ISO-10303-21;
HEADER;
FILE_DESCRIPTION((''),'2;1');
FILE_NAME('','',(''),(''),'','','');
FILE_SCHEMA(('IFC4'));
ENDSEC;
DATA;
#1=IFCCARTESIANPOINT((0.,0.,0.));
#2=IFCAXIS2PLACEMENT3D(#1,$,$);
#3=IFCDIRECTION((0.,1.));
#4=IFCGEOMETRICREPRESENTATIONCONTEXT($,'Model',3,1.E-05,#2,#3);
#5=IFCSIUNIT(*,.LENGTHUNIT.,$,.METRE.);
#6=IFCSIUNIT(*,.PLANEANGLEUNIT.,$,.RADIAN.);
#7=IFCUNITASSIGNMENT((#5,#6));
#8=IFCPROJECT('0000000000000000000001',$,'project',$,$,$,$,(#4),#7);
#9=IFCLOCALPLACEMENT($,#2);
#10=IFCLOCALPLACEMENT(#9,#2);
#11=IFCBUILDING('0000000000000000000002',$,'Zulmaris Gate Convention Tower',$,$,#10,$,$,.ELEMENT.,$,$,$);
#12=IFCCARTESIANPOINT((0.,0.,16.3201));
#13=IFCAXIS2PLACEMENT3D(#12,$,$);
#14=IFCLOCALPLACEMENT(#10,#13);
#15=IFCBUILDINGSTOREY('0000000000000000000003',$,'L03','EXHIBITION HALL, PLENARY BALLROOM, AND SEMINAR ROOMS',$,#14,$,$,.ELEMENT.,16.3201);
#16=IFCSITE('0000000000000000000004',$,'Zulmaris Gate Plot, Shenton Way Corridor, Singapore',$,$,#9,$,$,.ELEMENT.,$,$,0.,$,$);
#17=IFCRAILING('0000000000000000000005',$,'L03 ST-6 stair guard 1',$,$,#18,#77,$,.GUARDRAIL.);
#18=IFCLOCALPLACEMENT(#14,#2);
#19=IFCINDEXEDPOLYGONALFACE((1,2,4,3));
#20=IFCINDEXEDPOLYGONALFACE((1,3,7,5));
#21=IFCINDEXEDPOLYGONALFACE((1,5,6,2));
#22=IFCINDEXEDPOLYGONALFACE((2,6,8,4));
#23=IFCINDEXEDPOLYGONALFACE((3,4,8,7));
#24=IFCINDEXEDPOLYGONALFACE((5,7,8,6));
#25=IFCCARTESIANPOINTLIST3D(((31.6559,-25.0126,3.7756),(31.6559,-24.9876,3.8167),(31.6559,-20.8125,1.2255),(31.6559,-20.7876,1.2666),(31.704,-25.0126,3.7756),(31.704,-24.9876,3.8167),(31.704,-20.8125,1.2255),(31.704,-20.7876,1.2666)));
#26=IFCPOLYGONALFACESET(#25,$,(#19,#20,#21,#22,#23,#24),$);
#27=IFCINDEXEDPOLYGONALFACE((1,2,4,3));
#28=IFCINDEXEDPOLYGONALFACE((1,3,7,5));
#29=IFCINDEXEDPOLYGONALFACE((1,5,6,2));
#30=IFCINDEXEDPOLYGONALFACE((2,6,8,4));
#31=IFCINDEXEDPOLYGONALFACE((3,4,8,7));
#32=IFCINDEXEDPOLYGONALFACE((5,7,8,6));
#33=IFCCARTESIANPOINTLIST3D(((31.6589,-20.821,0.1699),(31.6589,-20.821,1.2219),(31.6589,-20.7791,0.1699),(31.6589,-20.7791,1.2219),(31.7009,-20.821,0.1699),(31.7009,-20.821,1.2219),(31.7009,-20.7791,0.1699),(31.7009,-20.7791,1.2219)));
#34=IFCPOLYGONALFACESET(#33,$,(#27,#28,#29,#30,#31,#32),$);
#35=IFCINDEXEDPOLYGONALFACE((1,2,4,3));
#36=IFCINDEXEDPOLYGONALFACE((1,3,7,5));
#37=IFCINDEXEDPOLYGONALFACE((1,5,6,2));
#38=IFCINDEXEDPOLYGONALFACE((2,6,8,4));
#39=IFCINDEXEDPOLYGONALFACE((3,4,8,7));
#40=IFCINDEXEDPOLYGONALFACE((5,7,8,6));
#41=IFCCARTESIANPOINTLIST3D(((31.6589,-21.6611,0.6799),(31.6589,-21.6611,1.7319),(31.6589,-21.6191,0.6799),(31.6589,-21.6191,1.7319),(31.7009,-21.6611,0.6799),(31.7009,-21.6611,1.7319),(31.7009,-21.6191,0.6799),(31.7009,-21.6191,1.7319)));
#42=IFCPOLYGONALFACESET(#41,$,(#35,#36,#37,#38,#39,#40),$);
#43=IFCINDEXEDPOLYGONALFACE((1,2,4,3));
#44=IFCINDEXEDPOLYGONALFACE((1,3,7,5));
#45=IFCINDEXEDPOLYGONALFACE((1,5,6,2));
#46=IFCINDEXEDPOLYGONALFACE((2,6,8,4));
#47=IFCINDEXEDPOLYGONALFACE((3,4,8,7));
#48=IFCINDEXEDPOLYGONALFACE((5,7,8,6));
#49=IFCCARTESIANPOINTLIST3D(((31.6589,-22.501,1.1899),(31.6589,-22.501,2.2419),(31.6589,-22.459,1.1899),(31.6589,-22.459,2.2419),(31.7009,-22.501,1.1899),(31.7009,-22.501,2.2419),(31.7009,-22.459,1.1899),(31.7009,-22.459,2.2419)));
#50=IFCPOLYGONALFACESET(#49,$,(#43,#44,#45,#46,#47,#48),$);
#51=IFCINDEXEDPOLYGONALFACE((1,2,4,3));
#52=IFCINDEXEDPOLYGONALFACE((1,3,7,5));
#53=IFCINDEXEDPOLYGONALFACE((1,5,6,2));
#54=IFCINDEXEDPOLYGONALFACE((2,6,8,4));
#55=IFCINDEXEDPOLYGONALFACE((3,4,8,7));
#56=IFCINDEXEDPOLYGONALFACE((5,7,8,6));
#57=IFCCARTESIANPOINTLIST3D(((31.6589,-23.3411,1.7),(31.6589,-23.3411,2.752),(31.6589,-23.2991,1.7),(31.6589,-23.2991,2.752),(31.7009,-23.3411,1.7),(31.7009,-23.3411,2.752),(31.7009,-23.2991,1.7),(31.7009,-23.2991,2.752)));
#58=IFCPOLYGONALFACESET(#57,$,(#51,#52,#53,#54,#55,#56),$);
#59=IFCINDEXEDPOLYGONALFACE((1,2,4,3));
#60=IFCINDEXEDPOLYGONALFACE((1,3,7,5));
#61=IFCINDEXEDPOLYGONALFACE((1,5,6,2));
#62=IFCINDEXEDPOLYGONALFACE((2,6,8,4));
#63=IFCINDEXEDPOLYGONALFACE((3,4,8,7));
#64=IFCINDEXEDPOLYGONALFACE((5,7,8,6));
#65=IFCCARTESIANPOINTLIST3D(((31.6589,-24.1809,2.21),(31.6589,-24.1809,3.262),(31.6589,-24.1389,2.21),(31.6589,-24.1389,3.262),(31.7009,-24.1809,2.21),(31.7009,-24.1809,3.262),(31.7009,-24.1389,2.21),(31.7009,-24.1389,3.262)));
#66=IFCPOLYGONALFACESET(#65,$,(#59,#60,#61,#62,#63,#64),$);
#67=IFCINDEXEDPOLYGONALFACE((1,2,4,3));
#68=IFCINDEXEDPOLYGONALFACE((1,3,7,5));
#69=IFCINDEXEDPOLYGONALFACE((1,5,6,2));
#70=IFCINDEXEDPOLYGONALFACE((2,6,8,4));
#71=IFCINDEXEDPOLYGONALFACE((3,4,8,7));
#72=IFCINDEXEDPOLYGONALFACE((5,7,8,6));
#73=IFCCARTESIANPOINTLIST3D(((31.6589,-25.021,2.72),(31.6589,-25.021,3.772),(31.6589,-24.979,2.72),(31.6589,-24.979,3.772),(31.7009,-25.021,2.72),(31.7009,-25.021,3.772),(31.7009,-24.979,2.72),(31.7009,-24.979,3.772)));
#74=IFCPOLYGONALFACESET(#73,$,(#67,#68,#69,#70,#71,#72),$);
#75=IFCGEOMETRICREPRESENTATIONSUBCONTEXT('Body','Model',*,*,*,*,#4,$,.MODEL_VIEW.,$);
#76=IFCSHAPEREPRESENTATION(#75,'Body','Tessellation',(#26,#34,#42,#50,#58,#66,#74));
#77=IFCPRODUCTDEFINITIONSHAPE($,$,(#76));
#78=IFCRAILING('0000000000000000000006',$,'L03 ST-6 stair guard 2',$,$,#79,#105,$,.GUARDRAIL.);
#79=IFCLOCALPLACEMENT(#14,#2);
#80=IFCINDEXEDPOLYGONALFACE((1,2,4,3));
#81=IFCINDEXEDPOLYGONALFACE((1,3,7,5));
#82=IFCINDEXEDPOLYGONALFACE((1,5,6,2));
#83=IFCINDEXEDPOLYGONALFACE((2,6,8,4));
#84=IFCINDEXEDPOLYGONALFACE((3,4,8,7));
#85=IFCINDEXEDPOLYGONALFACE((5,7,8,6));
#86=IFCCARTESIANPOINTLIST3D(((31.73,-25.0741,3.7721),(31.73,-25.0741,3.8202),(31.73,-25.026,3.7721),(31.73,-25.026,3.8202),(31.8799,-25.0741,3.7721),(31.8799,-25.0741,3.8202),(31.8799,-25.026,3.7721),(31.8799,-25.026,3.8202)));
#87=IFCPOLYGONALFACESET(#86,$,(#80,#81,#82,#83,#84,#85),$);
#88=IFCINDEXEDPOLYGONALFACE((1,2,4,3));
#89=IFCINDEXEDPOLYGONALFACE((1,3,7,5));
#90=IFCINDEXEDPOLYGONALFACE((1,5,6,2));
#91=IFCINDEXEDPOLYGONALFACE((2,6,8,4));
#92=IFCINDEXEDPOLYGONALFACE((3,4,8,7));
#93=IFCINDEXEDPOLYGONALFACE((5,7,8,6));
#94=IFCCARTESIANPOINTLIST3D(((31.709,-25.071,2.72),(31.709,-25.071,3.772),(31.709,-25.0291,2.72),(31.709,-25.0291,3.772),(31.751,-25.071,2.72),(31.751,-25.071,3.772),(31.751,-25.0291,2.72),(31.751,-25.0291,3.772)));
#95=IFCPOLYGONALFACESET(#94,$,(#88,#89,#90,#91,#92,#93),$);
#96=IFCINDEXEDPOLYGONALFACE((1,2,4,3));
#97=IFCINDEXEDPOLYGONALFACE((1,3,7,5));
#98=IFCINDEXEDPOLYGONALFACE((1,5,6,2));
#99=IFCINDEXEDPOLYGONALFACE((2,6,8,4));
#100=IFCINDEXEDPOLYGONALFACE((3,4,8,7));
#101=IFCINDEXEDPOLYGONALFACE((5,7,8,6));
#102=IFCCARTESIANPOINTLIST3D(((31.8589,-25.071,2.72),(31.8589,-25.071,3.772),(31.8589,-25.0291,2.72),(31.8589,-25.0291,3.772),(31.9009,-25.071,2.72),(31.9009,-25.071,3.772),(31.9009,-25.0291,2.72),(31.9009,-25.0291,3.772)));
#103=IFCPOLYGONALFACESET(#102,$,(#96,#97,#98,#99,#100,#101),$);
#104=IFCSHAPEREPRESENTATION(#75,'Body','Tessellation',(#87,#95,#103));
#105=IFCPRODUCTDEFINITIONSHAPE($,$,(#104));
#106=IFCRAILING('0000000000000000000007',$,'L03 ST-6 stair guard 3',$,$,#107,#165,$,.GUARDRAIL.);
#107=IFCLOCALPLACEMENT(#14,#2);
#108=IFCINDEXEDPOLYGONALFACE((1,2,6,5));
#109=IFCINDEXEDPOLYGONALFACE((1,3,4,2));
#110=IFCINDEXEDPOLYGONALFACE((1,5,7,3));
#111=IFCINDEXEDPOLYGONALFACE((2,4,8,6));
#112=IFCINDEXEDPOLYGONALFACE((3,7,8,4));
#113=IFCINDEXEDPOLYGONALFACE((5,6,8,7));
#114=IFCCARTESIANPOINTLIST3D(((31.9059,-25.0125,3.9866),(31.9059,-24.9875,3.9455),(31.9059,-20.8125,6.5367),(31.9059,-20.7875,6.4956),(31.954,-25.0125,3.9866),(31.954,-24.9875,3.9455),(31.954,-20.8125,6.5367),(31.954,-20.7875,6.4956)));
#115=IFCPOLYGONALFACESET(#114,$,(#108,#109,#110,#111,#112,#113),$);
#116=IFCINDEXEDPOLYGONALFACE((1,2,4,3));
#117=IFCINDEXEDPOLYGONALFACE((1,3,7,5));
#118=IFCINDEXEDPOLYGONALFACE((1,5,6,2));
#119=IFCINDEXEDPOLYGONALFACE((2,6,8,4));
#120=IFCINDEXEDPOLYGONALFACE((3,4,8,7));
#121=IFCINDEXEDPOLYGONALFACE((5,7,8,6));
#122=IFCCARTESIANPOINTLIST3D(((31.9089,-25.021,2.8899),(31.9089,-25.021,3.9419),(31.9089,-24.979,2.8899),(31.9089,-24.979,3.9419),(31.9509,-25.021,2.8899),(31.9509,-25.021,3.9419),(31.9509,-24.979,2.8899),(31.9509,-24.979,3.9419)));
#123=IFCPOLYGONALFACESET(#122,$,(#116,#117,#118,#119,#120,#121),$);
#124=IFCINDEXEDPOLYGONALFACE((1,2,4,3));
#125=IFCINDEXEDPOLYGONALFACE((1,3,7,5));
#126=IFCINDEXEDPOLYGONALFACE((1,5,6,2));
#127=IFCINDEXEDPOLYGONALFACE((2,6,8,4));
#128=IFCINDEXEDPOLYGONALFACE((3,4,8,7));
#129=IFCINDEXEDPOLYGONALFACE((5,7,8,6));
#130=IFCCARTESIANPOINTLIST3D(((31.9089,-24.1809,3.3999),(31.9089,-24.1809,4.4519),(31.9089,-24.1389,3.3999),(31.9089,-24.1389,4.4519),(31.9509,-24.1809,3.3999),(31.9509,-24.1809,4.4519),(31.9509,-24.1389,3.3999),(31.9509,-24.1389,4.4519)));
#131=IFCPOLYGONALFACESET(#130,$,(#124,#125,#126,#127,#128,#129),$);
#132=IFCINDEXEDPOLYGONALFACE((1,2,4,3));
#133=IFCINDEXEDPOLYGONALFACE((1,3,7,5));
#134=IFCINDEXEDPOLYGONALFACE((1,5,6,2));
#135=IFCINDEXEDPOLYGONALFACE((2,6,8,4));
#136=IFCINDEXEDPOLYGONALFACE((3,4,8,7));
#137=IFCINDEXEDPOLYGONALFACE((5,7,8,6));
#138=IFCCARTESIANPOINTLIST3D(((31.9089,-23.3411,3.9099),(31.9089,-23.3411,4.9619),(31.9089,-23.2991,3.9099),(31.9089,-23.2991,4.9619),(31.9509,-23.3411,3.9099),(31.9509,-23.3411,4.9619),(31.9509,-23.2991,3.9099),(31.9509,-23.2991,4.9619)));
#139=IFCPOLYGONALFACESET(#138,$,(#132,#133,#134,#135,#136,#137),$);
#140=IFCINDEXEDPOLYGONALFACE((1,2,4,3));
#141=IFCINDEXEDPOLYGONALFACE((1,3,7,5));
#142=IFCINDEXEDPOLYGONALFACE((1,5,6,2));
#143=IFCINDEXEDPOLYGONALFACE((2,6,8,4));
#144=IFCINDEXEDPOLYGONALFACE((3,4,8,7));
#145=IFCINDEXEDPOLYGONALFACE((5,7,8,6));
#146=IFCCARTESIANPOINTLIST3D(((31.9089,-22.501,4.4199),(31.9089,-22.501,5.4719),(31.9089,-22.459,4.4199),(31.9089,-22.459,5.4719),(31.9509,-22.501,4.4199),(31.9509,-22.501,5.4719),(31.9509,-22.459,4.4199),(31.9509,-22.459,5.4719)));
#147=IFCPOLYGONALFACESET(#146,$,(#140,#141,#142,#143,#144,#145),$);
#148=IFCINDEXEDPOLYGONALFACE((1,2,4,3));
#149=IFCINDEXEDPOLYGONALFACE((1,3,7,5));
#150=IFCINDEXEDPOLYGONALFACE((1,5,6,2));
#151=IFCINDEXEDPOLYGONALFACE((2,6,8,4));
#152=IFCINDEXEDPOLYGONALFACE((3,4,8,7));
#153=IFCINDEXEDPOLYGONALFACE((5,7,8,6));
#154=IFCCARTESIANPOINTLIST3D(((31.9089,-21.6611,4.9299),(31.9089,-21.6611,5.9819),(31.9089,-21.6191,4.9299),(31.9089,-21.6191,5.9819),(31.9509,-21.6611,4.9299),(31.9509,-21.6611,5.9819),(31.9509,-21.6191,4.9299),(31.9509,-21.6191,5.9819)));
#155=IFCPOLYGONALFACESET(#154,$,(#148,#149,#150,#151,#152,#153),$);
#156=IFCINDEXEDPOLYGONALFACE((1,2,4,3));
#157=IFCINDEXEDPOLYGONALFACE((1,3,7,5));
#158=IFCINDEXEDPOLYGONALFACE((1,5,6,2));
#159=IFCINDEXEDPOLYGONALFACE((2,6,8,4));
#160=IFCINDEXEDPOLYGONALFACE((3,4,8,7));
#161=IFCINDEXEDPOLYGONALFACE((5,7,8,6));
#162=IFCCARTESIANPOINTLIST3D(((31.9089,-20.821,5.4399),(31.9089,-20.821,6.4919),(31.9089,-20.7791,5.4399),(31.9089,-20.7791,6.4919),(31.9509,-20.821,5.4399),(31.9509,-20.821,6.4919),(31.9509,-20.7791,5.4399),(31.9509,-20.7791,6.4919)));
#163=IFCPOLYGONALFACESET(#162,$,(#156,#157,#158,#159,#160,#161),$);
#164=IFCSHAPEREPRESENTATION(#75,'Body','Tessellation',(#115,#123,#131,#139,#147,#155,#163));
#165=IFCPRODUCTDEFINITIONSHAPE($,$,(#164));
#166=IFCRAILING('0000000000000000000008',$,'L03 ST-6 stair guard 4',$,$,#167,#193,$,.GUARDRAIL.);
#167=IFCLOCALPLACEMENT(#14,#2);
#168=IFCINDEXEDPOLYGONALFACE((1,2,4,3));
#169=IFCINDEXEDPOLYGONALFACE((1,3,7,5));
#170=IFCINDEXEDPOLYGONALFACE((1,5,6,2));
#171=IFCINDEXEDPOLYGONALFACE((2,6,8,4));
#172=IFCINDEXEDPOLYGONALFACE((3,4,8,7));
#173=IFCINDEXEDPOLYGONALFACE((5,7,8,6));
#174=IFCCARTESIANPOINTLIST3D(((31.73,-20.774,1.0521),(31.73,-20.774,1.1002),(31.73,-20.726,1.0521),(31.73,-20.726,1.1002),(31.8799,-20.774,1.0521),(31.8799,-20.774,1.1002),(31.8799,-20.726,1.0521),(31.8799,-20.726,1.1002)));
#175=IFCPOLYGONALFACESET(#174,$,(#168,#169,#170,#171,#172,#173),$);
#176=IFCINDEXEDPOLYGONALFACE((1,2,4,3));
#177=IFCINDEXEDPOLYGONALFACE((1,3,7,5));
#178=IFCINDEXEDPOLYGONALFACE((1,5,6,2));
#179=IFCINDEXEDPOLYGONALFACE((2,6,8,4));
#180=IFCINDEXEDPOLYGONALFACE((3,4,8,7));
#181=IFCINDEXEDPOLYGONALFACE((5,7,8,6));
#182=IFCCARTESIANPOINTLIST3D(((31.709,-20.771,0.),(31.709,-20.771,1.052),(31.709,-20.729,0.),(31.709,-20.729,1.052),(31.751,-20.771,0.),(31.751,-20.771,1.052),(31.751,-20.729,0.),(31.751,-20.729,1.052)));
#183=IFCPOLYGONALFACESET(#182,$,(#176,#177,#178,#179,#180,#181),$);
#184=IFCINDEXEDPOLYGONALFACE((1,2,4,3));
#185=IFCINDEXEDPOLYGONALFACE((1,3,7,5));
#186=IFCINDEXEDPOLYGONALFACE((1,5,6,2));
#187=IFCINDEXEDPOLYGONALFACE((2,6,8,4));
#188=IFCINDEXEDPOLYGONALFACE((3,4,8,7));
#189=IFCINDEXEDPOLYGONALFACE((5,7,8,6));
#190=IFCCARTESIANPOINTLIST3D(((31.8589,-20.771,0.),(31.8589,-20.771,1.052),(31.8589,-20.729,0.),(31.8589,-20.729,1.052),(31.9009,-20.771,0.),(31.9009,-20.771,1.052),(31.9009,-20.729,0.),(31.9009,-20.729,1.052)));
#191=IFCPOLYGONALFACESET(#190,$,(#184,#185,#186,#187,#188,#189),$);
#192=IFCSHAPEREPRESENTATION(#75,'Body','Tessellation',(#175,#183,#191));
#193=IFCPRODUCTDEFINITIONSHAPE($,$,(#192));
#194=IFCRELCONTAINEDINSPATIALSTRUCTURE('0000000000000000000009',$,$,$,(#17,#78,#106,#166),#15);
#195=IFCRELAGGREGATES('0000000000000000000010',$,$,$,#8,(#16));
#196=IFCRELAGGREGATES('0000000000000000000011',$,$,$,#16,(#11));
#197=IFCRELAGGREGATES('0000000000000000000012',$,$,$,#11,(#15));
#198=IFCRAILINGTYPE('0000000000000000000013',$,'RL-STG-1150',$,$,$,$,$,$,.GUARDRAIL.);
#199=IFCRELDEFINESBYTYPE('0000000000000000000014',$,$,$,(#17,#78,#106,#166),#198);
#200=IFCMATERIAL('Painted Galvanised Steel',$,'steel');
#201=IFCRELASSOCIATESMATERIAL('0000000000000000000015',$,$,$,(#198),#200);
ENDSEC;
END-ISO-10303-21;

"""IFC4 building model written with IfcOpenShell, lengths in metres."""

from ifc_helpers import new_model, si_unit, direction, frame, origin, origin_2d, place, context, subcontext, project, spatial, rectangle, extrude, material, type_object, element, save


model = new_model("IFC4")

# Units and contexts
model_context = context("Model", 3, precision=1e-05, world=origin(), true_north=direction((0.0, 1.0)))
body_context = subcontext(model_context, "Body", "Model", "MODEL_VIEW")
ifc_project = project(units=[si_unit("LENGTHUNIT", "METRE"), si_unit("PLANEANGLEUNIT", "RADIAN")], contexts=[model_context])

# Site, building, storey
site_placement = place(None, origin())
site = spatial("IfcSite", under=ifc_project, at=site_placement, Name="Zulmaris Gate Plot, Shenton Way Corridor, Singapore", CompositionType="ELEMENT", RefElevation=0.0)
building_placement = place(site_placement, origin())
building = spatial("IfcBuilding", under=site, at=building_placement, Name="Zulmaris Gate Convention Tower", CompositionType="ELEMENT")
storey_placement = place(building_placement, frame((0.0, 0.0, 16.3201)))
storey = spatial("IfcBuildingStorey", under=building, at=storey_placement, Name="L03", Description="EXHIBITION HALL, PLENARY BALLROOM, AND SEMINAR ROOMS", CompositionType="ELEMENT", Elevation=16.3201)

# Railings
ifc_material_1 = material(Name="Painted Galvanised Steel", Category="steel")
railing_type_1 = type_object("IfcRailingType", Name="RL-STG-1150", PredefinedType="GUARDRAIL", material=ifc_material_1)
railing_1_placement = place(storey_placement, frame((31.6799, -20.8, 0.1699)))
element("IfcRailing", 1, at=railing_1_placement, inside=storey, type_object=railing_type_1, Name="L03 ST-6 stair guard 1", PredefinedType="GUARDRAIL", context=body_context, shape_type="SweptSolid", body=[
    extrude(rectangle(XDim=0.0481, YDim=0.0481, at=origin_2d()), frame((0.0, 0.0, 1.0762), z_axis=(0.0, -0.85478, 0.51899), x_axis=(1.0, 0.0, 0.0)), (0.0, 0.0, 1.0), 4.9136),
    extrude(rectangle(XDim=0.042, YDim=0.042, at=origin_2d()), origin(), (0.0, 0.0, 1.0), 1.052),
    extrude(rectangle(XDim=0.042, YDim=0.042, at=origin_2d()), frame((0.0, -0.8401, 0.51)), (0.0, 0.0, 1.0), 1.052),
    extrude(rectangle(XDim=0.042, YDim=0.042, at=origin_2d()), frame((0.0, -1.6799, 1.02)), (0.0, 0.0, 1.0), 1.052),
    extrude(rectangle(XDim=0.042, YDim=0.042, at=origin_2d()), frame((0.0, -2.52, 1.53)), (0.0, 0.0, 1.0), 1.052),
    extrude(rectangle(XDim=0.042, YDim=0.042, at=origin_2d()), frame((0.0, -3.3599, 2.04)), (0.0, 0.0, 1.0), 1.052),
    extrude(rectangle(XDim=0.042, YDim=0.042, at=origin_2d()), frame((0.0, -4.2, 2.55)), (0.0, 0.0, 1.0), 1.052),
])
railing_2_placement = place(storey_placement, frame((31.73, -25.05, 2.72)))
element("IfcRailing", 2, at=railing_2_placement, inside=storey, type_object=railing_type_1, Name="L03 ST-6 stair guard 2", PredefinedType="GUARDRAIL", context=body_context, shape_type="SweptSolid", body=[
    extrude(rectangle(XDim=0.0481, YDim=0.0481, at=origin_2d()), frame((0.0, 0.0, 1.0762), z_axis=(1.0, 0.0, 0.0), x_axis=(0.0, 1.0, 0.0)), (0.0, 0.0, 1.0), 0.1499),
    extrude(rectangle(XDim=0.042, YDim=0.042, at=origin_2d()), origin(), (0.0, 0.0, 1.0), 1.052),
    extrude(rectangle(XDim=0.042, YDim=0.042, at=origin_2d()), frame((0.1499, 0.0, 0.0)), (0.0, 0.0, 1.0), 1.052),
])
railing_3_placement = place(storey_placement, frame((31.9299, -25.0, 2.8899)))
element("IfcRailing", 3, at=railing_3_placement, inside=storey, type_object=railing_type_1, Name="L03 ST-6 stair guard 3", PredefinedType="GUARDRAIL", context=body_context, shape_type="SweptSolid", body=[
    extrude(rectangle(XDim=0.0481, YDim=0.0481, at=origin_2d()), frame((0.0, 0.0, 1.0762), z_axis=(0.0, 0.85478, 0.51899), x_axis=(-1.0, 0.0, 0.0)), (0.0, 0.0, 1.0), 4.9136),
    extrude(rectangle(XDim=0.042, YDim=0.042, at=origin_2d()), origin(), (0.0, 0.0, 1.0), 1.052),
    extrude(rectangle(XDim=0.042, YDim=0.042, at=origin_2d()), frame((0.0, 0.8401, 0.51)), (0.0, 0.0, 1.0), 1.052),
    extrude(rectangle(XDim=0.042, YDim=0.042, at=origin_2d()), frame((0.0, 1.6799, 1.02)), (0.0, 0.0, 1.0), 1.052),
    extrude(rectangle(XDim=0.042, YDim=0.042, at=origin_2d()), frame((0.0, 2.52, 1.53)), (0.0, 0.0, 1.0), 1.052),
    extrude(rectangle(XDim=0.042, YDim=0.042, at=origin_2d()), frame((0.0, 3.3599, 2.04)), (0.0, 0.0, 1.0), 1.052),
    extrude(rectangle(XDim=0.042, YDim=0.042, at=origin_2d()), frame((0.0, 4.2, 2.55)), (0.0, 0.0, 1.0), 1.052),
])
railing_4_placement = place(storey_placement, frame((31.73, -20.75, 0.0)))
element("IfcRailing", 4, at=railing_4_placement, inside=storey, type_object=railing_type_1, Name="L03 ST-6 stair guard 4", PredefinedType="GUARDRAIL", context=body_context, shape_type="SweptSolid", body=[
    extrude(rectangle(XDim=0.0481, YDim=0.0481, at=origin_2d()), frame((0.0, 0.0, 1.0762), z_axis=(1.0, 0.0, 0.0), x_axis=(0.0, 1.0, 0.0)), (0.0, 0.0, 1.0), 0.1499),
    extrude(rectangle(XDim=0.042, YDim=0.042, at=origin_2d()), origin(), (0.0, 0.0, 1.0), 1.052),
    extrude(rectangle(XDim=0.042, YDim=0.042, at=origin_2d()), frame((0.1499, 0.0, 0.0)), (0.0, 0.0, 1.0), 1.052),
])

save(model, "model.ifc")
